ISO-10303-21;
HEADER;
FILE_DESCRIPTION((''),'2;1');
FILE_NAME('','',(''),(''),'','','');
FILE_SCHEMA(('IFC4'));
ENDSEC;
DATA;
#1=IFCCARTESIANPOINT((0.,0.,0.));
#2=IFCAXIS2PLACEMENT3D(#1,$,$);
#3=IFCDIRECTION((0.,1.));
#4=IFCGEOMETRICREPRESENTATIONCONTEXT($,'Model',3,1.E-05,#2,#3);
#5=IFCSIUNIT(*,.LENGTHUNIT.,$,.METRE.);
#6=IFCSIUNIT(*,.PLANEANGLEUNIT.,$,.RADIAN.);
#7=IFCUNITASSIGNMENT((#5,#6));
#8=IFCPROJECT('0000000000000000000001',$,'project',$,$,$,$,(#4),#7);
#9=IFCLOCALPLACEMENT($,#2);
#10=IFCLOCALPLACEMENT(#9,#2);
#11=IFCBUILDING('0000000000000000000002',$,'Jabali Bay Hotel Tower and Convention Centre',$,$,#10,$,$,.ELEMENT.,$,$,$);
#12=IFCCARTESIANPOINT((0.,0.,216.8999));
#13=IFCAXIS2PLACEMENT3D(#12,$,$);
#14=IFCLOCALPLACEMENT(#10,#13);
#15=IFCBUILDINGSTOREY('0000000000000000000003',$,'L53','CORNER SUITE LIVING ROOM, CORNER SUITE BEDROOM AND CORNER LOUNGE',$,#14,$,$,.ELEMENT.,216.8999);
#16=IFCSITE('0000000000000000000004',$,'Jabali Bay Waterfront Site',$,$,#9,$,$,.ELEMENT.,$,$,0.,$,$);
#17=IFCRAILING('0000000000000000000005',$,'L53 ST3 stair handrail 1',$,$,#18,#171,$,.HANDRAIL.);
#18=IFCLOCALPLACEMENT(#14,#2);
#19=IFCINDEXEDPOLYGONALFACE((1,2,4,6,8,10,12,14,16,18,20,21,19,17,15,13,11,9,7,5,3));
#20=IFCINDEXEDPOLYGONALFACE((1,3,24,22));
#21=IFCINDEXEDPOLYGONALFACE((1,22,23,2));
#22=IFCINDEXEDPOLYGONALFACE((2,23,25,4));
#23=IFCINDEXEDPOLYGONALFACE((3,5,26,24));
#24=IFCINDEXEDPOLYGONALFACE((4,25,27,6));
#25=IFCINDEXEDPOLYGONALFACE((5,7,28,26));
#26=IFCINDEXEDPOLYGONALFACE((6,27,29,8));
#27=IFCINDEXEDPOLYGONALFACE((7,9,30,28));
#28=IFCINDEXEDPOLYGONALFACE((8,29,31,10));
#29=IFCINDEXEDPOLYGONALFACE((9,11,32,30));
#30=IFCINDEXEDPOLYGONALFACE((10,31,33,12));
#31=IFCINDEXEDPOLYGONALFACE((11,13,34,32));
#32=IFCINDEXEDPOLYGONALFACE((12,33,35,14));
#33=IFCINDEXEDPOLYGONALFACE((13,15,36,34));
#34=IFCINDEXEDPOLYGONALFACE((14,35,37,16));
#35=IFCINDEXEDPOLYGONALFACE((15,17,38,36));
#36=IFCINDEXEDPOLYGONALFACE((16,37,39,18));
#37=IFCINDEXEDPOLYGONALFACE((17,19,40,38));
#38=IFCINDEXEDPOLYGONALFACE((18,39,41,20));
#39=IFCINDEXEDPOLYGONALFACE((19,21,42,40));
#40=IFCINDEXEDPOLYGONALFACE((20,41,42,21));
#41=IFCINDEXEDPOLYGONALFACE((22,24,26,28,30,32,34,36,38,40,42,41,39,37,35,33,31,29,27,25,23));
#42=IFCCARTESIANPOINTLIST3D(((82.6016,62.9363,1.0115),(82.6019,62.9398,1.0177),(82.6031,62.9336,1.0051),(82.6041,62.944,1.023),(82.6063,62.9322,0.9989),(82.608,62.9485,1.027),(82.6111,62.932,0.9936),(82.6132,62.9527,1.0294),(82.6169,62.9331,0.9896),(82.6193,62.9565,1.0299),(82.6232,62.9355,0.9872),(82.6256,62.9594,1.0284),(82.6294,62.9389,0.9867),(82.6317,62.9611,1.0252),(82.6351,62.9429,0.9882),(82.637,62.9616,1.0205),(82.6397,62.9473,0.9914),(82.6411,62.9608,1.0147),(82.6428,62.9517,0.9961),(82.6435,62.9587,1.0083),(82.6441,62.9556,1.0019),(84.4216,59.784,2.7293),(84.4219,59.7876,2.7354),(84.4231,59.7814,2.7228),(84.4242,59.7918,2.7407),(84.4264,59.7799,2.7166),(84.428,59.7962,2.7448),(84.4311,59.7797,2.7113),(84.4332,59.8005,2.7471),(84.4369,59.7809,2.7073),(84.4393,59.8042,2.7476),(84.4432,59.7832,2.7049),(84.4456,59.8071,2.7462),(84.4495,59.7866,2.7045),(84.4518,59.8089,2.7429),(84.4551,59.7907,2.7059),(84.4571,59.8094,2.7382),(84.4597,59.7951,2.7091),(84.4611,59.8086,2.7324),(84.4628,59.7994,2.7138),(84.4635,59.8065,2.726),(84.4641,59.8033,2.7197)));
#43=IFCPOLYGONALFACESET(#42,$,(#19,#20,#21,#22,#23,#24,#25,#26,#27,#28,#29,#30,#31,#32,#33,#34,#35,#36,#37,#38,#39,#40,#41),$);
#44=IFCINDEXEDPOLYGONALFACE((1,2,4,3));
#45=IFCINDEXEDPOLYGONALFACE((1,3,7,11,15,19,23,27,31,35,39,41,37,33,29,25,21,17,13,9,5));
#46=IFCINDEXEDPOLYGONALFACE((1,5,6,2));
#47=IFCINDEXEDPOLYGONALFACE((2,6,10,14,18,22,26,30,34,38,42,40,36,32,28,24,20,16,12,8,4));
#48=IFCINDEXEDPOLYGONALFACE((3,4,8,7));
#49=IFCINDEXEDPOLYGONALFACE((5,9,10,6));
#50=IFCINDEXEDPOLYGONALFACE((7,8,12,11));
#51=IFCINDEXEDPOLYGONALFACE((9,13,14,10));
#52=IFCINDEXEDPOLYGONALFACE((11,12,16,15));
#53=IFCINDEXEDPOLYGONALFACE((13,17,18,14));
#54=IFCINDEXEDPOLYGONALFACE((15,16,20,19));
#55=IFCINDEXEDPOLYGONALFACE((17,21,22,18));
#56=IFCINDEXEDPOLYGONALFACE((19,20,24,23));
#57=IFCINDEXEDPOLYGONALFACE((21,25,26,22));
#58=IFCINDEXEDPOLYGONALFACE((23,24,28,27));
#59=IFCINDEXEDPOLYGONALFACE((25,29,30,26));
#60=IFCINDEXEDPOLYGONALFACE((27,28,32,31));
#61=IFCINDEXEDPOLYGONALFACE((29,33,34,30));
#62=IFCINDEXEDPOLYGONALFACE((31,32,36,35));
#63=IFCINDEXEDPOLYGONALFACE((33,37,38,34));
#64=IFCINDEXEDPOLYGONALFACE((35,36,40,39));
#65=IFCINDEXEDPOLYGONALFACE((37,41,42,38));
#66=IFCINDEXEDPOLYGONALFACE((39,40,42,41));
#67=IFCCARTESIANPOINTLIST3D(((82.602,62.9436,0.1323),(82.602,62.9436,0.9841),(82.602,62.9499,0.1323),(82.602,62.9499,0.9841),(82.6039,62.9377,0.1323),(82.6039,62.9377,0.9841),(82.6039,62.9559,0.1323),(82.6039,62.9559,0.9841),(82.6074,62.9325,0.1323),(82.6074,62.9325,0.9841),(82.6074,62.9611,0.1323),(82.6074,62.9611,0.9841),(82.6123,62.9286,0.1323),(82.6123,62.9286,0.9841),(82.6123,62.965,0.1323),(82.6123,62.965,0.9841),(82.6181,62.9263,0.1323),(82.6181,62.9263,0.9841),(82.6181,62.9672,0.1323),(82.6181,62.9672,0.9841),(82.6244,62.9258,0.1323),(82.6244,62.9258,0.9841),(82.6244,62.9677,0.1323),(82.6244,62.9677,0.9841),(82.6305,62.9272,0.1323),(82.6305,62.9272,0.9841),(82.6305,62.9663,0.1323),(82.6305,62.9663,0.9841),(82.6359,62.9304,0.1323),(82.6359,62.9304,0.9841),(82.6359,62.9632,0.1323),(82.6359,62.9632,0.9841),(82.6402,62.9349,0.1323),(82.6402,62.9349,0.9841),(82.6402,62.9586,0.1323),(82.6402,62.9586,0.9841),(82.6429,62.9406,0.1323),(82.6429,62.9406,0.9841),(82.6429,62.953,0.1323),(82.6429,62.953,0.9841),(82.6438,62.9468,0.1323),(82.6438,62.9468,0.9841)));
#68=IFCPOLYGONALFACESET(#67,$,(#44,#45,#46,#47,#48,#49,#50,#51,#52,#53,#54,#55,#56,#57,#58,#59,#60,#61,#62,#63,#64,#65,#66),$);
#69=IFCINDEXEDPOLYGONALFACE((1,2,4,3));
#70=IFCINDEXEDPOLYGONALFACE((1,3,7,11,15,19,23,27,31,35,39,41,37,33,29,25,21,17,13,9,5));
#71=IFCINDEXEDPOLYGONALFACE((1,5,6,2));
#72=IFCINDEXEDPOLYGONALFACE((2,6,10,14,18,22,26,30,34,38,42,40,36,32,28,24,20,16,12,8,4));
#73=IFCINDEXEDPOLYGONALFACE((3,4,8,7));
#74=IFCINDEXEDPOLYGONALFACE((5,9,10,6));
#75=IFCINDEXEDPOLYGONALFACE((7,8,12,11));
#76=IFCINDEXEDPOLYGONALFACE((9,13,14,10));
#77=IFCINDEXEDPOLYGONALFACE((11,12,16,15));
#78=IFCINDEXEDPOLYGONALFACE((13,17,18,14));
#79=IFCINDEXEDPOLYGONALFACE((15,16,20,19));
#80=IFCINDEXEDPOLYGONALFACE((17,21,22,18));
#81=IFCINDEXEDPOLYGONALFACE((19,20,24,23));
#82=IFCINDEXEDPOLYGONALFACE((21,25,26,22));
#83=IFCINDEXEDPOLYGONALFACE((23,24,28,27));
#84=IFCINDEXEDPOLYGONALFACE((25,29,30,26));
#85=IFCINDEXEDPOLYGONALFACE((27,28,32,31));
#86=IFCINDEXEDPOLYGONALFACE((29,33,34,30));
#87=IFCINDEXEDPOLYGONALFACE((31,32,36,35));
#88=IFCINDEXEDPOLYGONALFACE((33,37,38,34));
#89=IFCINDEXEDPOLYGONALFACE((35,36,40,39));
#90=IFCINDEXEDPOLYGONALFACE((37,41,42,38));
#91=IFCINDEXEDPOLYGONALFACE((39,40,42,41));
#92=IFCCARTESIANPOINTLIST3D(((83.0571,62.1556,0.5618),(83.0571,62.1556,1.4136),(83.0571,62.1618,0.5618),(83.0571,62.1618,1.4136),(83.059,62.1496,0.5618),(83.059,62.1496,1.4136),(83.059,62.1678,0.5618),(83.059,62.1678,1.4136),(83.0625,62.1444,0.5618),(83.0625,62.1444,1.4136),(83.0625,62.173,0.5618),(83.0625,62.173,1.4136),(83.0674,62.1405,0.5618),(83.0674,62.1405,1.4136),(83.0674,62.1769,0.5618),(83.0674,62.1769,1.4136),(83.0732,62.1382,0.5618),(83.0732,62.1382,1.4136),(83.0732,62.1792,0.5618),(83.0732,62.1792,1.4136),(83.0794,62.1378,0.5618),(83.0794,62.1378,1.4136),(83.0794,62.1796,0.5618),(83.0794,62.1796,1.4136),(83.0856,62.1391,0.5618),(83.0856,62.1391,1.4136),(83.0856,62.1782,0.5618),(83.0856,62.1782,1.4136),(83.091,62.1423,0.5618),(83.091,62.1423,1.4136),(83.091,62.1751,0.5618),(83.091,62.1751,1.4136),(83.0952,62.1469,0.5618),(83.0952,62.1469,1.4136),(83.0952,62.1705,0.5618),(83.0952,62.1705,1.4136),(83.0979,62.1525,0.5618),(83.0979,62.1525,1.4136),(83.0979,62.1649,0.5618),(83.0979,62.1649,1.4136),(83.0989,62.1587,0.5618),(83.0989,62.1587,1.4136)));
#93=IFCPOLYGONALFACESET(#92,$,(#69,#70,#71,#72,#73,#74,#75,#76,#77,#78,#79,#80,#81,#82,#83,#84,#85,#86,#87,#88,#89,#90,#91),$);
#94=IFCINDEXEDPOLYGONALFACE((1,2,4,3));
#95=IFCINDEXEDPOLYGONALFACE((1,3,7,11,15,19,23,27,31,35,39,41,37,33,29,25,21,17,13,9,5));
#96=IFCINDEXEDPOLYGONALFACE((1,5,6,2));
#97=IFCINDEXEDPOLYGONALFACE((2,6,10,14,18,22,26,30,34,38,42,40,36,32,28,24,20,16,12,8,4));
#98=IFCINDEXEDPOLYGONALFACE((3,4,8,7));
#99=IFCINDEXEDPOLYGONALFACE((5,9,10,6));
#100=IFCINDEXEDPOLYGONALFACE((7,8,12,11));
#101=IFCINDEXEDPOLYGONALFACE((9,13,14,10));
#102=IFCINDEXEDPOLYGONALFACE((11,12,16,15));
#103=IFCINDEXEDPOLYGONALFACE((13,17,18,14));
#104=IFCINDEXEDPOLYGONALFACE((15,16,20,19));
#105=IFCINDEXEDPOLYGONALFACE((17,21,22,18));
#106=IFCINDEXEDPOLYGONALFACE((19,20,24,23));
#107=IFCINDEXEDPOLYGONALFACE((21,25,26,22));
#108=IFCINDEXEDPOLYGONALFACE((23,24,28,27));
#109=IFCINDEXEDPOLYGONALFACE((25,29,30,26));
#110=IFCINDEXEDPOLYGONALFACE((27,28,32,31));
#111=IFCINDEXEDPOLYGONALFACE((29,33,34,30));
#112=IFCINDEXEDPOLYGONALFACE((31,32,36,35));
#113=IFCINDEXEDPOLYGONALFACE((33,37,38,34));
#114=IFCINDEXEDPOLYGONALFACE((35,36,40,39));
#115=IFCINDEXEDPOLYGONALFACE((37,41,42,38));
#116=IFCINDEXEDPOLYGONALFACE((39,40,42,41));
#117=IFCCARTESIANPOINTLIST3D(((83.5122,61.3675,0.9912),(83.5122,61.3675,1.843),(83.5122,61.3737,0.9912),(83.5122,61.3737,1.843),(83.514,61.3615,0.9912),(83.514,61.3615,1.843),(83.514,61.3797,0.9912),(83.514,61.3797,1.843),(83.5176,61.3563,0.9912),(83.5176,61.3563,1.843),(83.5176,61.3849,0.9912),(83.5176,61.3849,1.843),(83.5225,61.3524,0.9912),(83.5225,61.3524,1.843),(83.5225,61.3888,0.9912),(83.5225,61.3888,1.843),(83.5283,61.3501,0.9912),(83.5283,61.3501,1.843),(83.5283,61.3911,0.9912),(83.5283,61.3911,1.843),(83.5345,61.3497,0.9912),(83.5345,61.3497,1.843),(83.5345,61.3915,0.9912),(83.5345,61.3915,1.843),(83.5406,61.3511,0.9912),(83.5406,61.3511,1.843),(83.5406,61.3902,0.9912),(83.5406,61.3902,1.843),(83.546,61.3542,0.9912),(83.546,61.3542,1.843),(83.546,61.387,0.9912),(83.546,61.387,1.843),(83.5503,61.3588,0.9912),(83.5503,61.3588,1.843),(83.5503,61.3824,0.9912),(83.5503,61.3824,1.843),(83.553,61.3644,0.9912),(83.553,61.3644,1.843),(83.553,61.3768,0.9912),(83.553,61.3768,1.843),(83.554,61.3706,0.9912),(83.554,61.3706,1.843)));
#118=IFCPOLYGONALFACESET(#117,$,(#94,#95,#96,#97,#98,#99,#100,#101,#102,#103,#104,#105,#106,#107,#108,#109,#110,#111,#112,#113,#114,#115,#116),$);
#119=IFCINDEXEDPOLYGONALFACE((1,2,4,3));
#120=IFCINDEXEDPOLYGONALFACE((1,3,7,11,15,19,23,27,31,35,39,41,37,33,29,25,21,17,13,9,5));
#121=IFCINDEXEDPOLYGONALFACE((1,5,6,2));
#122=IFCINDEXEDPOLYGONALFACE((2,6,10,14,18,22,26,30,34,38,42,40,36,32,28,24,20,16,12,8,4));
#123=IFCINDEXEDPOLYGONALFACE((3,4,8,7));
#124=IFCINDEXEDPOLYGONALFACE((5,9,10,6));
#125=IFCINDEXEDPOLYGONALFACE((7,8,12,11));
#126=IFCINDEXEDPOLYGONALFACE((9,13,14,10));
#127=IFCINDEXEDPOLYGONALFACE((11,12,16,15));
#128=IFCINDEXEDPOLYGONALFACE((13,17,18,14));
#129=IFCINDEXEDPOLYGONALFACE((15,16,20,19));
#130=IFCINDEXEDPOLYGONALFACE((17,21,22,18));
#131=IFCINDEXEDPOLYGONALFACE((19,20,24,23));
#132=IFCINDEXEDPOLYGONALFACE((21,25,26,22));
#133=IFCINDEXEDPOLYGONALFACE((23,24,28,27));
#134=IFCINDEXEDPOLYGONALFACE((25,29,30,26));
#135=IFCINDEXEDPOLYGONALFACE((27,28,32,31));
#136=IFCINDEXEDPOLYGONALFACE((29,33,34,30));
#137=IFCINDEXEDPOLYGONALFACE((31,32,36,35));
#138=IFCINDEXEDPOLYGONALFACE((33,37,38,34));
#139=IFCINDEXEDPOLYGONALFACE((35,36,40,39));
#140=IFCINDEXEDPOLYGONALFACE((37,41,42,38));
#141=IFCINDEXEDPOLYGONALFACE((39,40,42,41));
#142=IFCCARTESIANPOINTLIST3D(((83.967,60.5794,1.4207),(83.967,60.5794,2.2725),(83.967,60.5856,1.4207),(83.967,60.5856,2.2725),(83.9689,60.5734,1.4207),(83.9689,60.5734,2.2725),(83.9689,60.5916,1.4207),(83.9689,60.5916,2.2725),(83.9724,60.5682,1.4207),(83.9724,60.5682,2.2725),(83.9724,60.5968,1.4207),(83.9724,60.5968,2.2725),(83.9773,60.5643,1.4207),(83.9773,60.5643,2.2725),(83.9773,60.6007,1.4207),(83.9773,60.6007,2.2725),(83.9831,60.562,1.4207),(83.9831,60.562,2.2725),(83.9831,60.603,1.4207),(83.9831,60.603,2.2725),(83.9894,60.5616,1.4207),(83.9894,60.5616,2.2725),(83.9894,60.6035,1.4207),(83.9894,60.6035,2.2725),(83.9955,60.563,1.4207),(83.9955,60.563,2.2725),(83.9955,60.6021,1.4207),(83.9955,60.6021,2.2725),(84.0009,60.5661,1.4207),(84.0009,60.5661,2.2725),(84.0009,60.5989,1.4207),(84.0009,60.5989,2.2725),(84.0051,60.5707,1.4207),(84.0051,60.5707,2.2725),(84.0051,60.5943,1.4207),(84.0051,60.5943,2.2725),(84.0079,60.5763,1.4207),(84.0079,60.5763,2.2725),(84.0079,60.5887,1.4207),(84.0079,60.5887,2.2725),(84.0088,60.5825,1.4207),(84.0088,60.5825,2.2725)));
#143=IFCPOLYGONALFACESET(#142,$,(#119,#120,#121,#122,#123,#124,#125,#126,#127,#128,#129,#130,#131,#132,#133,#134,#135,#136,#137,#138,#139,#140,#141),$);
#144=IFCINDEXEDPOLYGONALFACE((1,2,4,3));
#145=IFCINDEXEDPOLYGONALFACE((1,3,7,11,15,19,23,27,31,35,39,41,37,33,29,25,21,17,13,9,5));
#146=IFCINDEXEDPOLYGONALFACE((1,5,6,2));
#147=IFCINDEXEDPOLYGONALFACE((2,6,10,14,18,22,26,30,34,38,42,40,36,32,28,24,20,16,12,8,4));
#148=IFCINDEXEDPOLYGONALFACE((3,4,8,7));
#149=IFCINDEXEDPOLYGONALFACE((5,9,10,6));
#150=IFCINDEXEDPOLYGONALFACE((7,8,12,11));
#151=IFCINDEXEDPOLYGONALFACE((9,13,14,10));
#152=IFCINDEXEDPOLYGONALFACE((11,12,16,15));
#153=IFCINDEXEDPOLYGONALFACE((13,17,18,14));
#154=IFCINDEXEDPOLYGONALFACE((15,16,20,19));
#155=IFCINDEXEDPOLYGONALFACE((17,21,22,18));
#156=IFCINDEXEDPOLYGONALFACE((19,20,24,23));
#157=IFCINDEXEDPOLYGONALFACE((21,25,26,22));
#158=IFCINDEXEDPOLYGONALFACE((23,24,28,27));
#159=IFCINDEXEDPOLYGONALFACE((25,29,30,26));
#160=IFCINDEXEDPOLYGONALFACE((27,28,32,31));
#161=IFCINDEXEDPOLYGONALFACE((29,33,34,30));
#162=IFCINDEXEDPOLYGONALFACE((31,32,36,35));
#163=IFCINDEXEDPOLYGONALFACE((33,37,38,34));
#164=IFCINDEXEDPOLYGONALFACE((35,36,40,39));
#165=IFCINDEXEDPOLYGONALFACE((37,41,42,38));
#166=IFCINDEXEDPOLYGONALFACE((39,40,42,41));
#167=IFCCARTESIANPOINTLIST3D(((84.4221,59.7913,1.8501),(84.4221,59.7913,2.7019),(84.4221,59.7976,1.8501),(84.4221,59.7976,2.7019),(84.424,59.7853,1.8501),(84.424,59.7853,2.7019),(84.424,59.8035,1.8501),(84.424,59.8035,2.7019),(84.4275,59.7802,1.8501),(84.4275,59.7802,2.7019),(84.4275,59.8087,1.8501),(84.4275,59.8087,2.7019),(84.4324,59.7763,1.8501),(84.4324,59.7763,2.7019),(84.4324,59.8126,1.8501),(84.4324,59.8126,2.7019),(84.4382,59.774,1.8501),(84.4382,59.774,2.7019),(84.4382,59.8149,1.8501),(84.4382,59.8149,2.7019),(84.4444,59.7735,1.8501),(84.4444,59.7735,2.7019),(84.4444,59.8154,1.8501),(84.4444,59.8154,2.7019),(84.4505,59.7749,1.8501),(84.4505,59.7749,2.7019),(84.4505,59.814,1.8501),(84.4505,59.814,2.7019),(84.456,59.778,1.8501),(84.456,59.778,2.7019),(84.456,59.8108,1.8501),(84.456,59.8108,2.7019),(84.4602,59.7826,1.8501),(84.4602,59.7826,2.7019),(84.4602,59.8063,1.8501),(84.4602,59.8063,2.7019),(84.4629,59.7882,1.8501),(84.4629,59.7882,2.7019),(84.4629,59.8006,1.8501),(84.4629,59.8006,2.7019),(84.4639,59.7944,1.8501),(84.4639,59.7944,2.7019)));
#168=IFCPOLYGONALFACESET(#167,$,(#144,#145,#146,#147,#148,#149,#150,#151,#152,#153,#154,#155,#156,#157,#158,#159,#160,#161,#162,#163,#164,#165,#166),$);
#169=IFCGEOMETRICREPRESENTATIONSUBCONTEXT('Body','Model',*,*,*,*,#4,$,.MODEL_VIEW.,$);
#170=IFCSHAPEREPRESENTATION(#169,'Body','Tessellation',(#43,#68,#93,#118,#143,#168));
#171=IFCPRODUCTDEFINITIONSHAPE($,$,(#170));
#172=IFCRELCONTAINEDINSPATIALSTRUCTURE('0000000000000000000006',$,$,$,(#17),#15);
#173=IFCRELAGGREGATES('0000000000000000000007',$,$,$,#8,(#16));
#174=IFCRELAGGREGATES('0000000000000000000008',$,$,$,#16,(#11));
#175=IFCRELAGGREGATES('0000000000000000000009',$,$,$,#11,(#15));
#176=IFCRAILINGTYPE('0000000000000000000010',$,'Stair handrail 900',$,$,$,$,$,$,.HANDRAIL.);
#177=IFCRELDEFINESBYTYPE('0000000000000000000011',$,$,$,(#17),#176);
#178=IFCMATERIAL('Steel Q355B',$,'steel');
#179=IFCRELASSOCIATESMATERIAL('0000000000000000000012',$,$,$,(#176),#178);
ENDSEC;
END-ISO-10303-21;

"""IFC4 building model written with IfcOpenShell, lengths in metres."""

from ifc_helpers import new_model, si_unit, direction, frame, origin, origin_2d, place, context, subcontext, project, spatial, circle, extrude, material, type_object, element, save


model = new_model("IFC4")

# Units and contexts
model_context = context("Model", 3, precision=1e-05, world=origin(), true_north=direction((0.0, 1.0)))
body_context = subcontext(model_context, "Body", "Model", "MODEL_VIEW")
ifc_project = project(units=[si_unit("LENGTHUNIT", "METRE"), si_unit("PLANEANGLEUNIT", "RADIAN")], contexts=[model_context])

# Site, building, storey
site_placement = place(None, origin())
site = spatial("IfcSite", under=ifc_project, at=site_placement, Name="Jabali Bay Waterfront Site", CompositionType="ELEMENT", RefElevation=0.0)
building_placement = place(site_placement, origin())
building = spatial("IfcBuilding", under=site, at=building_placement, Name="Jabali Bay Hotel Tower and Convention Centre", CompositionType="ELEMENT")
storey_placement = place(building_placement, frame((0.0, 0.0, 216.8999)))
storey = spatial("IfcBuildingStorey", under=building, at=storey_placement, Name="L53", Description="CORNER SUITE LIVING ROOM, CORNER SUITE BEDROOM AND CORNER LOUNGE", CompositionType="ELEMENT", Elevation=216.8999)

# Railing
ifc_material_1 = material(Name="Steel Q355B", Category="steel")
railing_type_1 = type_object("IfcRailingType", Name="Stair handrail 900", PredefinedType="HANDRAIL", material=ifc_material_1)
railing_1_placement = place(storey_placement, frame((82.6228, 62.9468, 0.1323)))
element("IfcRailing", 1, at=railing_1_placement, inside=storey, type_object=railing_type_1, Name="L53 ST3 stair handrail 1", PredefinedType="HANDRAIL", context=body_context, shape_type="SweptSolid", body=[
    extrude(circle(Radius=0.0239, at=origin_2d()), frame((0.0, 0.0, 0.876), z_axis=(0.45219, -0.78319, 0.426775), x_axis=(0.866018, 0.500013, 0.0)), (0.0, 0.0, 1.0), 4.0249),
    extrude(circle(Radius=0.021, at=origin_2d()), origin(), (0.0, 0.0, 1.0), 0.8518),
    extrude(circle(Radius=0.021, at=origin_2d()), frame((0.4551, -0.7881, 0.4294)), (0.0, 0.0, 1.0), 0.8518),
    extrude(circle(Radius=0.021, at=origin_2d()), frame((0.9102, -1.5762, 0.8589)), (0.0, 0.0, 1.0), 0.8518),
    extrude(circle(Radius=0.021, at=origin_2d()), frame((1.365, -2.3643, 1.2883)), (0.0, 0.0, 1.0), 0.8518),
    extrude(circle(Radius=0.021, at=origin_2d()), frame((1.8201, -3.1523, 1.7178)), (0.0, 0.0, 1.0), 0.8518),
])

save(model, "model.ifc")
